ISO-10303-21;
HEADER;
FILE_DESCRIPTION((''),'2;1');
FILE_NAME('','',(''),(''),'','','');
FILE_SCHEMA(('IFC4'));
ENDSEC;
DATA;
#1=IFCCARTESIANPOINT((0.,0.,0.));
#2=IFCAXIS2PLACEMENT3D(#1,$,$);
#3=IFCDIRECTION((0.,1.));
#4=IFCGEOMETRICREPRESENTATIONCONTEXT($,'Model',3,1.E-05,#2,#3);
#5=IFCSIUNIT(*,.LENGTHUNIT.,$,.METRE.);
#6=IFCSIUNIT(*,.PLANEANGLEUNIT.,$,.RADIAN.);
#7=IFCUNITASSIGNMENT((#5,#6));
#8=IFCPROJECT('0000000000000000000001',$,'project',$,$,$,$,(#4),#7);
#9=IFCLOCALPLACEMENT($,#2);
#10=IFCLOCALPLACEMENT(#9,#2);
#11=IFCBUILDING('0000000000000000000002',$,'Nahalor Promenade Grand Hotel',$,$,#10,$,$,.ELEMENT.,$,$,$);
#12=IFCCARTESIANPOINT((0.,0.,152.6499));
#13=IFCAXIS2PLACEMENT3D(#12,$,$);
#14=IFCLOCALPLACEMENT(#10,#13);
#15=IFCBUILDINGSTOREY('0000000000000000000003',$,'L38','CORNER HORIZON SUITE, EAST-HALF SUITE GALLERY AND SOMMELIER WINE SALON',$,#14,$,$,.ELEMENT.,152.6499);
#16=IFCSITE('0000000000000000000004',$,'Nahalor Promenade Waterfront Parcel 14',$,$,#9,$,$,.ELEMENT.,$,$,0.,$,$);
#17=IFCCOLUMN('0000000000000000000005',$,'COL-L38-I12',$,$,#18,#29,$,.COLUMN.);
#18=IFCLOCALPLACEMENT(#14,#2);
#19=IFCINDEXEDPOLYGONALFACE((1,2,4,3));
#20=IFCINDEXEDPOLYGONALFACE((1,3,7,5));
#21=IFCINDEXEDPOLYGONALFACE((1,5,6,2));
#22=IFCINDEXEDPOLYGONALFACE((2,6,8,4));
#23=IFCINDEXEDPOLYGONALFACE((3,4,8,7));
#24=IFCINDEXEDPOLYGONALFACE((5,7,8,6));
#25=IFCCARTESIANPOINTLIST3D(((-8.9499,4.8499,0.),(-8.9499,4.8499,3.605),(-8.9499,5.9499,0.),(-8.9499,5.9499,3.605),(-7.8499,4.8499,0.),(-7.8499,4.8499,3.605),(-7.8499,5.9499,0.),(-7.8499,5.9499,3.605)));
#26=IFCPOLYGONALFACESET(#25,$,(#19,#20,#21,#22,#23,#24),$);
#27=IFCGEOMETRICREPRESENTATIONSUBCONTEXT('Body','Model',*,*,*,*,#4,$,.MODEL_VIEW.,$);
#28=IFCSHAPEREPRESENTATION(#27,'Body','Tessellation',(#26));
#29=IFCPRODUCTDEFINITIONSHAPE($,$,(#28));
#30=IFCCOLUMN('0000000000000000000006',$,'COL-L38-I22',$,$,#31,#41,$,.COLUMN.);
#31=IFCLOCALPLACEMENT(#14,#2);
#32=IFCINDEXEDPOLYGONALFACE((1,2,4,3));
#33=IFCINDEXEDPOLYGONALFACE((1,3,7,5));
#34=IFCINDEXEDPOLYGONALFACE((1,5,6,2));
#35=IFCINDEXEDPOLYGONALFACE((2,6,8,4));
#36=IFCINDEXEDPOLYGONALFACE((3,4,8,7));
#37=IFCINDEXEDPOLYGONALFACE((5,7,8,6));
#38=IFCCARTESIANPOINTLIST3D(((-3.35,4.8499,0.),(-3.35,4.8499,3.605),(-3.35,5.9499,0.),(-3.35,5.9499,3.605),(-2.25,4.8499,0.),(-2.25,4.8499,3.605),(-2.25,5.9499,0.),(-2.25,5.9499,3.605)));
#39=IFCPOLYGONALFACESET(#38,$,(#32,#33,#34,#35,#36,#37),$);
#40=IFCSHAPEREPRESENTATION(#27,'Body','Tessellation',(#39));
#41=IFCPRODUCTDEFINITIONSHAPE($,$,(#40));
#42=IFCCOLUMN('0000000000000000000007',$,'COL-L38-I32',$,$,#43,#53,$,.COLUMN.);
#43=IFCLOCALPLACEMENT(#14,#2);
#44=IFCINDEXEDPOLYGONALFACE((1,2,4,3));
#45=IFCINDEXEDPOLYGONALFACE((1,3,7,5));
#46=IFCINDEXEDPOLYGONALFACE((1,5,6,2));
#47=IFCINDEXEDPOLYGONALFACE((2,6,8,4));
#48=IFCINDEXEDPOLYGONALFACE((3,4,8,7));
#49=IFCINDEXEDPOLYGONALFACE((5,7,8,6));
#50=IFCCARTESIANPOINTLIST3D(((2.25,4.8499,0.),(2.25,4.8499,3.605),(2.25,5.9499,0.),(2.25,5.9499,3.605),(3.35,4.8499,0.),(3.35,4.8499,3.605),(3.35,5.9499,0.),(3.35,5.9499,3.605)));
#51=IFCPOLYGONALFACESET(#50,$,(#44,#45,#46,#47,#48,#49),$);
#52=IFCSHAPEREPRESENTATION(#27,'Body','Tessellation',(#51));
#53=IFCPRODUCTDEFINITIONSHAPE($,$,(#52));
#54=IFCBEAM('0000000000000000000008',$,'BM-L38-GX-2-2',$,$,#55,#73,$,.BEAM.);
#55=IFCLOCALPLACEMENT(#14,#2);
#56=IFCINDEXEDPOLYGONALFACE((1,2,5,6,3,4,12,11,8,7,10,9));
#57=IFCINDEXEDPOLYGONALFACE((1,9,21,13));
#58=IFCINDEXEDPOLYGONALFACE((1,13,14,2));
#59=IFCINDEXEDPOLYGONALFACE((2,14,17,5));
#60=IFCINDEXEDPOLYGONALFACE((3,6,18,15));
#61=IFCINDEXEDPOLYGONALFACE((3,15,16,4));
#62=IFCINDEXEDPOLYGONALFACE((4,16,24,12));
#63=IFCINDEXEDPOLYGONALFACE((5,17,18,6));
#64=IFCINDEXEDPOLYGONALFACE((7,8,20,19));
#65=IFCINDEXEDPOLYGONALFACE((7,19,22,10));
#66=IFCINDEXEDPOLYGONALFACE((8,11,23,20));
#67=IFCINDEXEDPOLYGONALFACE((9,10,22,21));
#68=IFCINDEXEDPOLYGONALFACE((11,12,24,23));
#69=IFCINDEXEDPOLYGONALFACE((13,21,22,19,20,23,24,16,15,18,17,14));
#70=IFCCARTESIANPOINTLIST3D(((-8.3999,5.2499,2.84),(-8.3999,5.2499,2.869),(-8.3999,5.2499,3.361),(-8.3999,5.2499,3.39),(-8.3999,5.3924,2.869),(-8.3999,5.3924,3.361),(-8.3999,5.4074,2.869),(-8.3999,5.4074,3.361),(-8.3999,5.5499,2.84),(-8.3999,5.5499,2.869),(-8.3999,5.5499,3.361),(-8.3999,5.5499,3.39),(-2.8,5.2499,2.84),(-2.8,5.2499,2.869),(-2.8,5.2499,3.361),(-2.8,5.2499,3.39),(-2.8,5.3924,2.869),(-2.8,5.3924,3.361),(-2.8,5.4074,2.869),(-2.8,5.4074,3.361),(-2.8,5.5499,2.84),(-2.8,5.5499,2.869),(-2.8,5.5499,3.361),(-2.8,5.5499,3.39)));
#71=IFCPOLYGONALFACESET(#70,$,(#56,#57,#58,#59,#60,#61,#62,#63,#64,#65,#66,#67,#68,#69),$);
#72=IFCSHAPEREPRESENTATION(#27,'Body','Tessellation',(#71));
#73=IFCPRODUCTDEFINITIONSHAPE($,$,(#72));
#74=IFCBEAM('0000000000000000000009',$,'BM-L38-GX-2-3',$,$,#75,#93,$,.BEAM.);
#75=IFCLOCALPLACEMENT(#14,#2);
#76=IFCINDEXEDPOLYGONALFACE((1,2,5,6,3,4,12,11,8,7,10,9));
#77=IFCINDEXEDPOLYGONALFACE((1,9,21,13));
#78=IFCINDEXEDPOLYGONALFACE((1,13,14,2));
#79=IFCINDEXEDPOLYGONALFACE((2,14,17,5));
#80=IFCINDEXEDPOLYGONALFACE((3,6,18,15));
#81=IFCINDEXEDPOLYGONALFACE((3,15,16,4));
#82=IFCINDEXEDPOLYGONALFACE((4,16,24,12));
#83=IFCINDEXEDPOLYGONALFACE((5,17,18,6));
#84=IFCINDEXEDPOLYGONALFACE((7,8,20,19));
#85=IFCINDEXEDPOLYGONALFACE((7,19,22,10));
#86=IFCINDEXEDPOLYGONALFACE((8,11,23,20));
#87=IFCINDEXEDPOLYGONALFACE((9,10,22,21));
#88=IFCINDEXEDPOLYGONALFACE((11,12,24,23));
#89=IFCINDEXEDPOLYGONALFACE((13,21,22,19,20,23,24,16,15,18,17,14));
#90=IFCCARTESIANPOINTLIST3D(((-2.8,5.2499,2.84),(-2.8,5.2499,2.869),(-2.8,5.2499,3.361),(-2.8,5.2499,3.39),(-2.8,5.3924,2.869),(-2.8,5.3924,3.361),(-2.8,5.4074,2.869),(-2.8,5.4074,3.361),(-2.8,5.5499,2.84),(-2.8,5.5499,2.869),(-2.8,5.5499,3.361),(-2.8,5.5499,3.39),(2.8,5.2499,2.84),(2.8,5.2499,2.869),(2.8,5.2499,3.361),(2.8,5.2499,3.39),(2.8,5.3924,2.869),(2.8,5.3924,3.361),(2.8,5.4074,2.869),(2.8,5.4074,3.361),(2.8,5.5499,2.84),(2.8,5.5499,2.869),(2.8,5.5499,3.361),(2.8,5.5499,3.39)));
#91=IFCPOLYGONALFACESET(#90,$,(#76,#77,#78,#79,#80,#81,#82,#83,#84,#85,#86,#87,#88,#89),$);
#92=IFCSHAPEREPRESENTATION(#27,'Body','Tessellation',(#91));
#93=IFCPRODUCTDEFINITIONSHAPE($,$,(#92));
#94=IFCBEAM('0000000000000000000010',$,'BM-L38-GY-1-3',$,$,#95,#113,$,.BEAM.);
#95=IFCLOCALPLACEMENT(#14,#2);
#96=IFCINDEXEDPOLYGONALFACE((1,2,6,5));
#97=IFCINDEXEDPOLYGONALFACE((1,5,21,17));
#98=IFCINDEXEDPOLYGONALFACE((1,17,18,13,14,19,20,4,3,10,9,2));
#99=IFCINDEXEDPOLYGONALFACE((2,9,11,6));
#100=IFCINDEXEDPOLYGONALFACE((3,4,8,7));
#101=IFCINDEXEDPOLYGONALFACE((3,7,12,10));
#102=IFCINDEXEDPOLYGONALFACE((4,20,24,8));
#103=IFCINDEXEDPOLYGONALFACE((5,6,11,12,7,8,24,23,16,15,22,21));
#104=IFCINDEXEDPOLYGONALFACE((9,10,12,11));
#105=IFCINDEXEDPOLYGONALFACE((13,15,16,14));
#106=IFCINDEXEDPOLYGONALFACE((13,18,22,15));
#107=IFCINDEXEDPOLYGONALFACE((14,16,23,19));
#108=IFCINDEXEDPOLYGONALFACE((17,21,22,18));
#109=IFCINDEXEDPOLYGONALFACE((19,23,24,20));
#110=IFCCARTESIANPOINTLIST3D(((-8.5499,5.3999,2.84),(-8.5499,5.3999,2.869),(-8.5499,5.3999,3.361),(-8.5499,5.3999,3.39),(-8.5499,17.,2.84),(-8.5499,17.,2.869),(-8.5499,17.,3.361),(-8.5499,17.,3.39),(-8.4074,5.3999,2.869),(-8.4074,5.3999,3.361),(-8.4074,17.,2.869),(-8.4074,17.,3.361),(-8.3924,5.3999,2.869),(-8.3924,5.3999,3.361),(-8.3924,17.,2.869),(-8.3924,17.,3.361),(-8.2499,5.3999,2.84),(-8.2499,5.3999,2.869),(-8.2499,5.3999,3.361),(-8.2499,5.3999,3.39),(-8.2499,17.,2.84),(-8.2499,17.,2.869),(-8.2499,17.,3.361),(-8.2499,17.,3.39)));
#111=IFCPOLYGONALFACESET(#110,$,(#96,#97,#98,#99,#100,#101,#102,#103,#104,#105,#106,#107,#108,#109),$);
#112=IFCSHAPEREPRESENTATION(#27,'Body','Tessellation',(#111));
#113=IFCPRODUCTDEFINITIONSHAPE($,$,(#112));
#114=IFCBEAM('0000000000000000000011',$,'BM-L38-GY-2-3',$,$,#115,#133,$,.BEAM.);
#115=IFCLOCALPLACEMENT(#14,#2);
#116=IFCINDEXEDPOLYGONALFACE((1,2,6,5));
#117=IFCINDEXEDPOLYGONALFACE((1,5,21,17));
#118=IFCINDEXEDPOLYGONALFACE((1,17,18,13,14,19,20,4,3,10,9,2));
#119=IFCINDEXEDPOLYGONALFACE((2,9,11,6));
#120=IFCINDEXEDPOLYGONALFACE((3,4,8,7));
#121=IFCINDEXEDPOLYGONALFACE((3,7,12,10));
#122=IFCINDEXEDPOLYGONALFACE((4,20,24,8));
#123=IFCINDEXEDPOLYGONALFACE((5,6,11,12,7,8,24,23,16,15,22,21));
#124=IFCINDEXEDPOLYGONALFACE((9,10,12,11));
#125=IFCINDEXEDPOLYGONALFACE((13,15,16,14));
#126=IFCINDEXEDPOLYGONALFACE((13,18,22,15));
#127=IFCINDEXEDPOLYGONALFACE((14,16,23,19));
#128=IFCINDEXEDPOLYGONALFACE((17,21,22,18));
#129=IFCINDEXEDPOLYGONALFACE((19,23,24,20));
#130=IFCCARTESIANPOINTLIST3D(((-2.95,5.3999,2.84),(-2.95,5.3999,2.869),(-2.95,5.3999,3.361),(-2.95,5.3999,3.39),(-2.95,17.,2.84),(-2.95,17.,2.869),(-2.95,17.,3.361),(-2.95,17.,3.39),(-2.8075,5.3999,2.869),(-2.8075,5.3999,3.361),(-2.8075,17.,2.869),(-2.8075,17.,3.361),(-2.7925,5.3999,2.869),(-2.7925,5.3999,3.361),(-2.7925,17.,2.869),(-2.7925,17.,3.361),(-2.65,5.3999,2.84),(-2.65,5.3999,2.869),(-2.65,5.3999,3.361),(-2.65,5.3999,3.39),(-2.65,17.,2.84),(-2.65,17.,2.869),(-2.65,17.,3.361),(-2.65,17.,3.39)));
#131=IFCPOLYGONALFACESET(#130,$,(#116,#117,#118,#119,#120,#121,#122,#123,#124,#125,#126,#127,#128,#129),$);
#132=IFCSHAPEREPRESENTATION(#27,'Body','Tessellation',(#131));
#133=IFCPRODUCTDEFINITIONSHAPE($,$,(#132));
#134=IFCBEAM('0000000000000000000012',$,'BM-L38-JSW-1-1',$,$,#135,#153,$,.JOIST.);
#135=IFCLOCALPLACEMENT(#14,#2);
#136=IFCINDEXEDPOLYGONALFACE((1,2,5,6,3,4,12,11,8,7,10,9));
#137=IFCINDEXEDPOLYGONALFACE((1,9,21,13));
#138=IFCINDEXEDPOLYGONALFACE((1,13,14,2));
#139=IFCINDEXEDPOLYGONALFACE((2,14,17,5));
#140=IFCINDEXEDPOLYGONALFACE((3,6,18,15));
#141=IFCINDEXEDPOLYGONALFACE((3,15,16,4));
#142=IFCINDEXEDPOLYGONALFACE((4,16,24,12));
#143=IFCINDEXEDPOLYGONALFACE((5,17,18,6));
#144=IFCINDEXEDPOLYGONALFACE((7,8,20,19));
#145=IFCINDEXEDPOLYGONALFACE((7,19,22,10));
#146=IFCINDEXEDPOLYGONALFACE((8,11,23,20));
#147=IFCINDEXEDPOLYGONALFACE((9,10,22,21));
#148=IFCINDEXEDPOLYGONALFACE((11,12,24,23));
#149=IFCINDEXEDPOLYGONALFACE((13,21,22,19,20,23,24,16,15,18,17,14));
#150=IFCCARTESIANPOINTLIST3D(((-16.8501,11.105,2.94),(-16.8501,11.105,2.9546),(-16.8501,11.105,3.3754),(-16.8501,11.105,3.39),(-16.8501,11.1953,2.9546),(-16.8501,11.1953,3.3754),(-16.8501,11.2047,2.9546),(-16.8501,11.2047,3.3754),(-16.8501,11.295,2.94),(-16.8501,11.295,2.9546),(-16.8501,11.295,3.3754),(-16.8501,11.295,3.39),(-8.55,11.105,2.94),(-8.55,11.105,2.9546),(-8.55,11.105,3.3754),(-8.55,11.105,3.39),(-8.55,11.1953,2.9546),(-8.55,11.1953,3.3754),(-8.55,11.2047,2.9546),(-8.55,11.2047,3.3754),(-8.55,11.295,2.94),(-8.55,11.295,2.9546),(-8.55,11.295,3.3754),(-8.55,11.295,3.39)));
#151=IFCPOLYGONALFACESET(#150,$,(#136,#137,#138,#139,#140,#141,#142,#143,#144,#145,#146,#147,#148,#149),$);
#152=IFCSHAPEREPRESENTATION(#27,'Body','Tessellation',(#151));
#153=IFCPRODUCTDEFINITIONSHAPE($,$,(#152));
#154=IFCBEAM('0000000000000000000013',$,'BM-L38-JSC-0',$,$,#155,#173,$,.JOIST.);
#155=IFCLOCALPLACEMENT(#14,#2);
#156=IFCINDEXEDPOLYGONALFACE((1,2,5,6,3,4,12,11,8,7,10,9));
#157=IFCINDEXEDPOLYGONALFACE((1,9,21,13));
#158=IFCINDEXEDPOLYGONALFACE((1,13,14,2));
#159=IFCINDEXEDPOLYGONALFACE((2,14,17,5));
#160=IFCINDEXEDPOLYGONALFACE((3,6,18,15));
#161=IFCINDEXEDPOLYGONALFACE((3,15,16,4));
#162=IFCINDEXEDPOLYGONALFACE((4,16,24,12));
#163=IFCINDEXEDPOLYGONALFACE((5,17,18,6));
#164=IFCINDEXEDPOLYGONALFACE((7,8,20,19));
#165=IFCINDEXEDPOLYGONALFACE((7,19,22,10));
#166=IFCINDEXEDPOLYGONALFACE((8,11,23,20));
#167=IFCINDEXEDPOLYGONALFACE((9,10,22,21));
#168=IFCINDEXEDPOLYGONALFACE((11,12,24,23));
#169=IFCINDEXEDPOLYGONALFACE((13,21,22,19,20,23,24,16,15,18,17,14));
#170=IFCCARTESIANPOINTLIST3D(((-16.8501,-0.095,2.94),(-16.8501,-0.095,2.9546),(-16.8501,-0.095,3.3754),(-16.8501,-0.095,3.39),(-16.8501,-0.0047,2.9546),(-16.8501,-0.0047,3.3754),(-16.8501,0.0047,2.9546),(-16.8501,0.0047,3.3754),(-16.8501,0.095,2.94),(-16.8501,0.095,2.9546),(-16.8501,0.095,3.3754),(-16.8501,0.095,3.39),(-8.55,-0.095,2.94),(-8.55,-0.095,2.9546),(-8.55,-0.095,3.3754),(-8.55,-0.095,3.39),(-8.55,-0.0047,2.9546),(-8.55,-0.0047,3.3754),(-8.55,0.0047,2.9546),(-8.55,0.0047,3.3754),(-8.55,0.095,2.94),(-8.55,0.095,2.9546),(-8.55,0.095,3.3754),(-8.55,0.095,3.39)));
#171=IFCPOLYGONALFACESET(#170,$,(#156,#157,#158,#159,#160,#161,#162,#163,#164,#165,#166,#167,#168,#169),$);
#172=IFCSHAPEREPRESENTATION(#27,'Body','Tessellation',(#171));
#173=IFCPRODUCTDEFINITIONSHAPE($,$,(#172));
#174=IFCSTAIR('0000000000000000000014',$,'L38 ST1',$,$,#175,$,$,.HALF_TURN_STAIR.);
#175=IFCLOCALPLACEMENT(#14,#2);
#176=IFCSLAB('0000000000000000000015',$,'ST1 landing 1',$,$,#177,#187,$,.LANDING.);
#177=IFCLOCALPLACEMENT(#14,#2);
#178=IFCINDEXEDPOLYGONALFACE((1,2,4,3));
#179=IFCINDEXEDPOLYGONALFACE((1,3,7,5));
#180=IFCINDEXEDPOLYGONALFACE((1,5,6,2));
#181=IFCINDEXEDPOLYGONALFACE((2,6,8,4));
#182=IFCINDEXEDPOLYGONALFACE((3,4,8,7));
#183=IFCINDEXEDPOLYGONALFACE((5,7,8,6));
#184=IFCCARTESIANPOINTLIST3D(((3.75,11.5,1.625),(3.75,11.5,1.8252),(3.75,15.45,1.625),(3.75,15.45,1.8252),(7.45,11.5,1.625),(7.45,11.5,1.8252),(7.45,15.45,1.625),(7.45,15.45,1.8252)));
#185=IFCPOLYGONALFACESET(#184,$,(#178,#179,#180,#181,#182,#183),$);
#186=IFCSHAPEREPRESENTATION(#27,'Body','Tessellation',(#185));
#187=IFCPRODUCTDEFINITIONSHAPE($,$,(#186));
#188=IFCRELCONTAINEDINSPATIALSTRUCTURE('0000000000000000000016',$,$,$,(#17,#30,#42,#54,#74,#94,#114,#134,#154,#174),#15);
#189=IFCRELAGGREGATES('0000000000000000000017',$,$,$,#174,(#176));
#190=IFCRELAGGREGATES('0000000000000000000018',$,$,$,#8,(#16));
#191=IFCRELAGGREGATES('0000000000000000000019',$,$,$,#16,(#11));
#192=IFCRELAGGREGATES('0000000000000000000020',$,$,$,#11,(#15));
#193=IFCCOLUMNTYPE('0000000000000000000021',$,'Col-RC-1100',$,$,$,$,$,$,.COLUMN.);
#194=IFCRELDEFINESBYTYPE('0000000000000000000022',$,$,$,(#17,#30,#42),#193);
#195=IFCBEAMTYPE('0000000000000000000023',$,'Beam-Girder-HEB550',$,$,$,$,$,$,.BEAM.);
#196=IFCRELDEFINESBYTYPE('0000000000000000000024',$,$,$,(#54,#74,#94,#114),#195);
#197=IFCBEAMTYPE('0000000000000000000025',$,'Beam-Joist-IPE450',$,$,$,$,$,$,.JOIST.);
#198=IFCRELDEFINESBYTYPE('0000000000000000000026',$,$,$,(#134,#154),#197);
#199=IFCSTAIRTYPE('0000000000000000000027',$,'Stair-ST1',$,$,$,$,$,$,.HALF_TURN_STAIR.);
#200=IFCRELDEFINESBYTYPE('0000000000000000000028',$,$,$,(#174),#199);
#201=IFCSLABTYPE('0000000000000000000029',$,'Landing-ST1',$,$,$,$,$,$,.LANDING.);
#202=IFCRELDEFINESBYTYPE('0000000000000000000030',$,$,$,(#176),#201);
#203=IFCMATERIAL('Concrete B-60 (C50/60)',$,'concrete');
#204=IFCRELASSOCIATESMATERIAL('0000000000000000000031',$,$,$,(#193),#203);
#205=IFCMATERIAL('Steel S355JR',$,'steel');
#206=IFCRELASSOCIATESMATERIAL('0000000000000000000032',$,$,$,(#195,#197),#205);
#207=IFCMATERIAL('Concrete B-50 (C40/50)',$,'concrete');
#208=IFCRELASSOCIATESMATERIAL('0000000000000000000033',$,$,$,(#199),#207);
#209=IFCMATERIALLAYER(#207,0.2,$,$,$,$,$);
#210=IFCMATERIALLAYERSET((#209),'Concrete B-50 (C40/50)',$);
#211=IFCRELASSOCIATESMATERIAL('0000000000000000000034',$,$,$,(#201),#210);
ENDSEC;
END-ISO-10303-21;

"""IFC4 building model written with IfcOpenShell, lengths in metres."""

from ifc_helpers import new_model, si_unit, direction, frame, origin, origin_2d, place, context, subcontext, project, spatial, polyline, rectangle, i_section, outline, extrude, source, transform, mapped, material, layer, layer_set, material_profile, profile_set, type_object, element, aggregate, save


model = new_model("IFC4")

# Units and contexts
model_context = context("Model", 3, precision=1e-05, world=origin(), true_north=direction((0.0, 1.0)))
body_context = subcontext(model_context, "Body", "Model", "MODEL_VIEW")
ifc_project = project(units=[si_unit("LENGTHUNIT", "METRE"), si_unit("PLANEANGLEUNIT", "RADIAN")], contexts=[model_context])

# Site, building, storey
site_placement = place(None, origin())
site = spatial("IfcSite", under=ifc_project, at=site_placement, Name="Nahalor Promenade Waterfront Parcel 14", CompositionType="ELEMENT", RefElevation=0.0)
building_placement = place(site_placement, origin())
building = spatial("IfcBuilding", under=site, at=building_placement, Name="Nahalor Promenade Grand Hotel", CompositionType="ELEMENT")
storey_placement = place(building_placement, frame((0.0, 0.0, 152.6499)))
storey = spatial("IfcBuildingStorey", under=building, at=storey_placement, Name="L38", Description="CORNER HORIZON SUITE, EAST-HALF SUITE GALLERY AND SOMMELIER WINE SALON", CompositionType="ELEMENT", Elevation=152.6499)

# Columns
ifc_material_1 = material(Name="Concrete B-60 (C50/60)", Category="concrete")
ifc_material_profile_1 = material_profile(ifc_material_1, rectangle(XDim=1.1, YDim=1.1, at=origin_2d()), Name="RC 1100x1100")
ifc_profile_set_1 = profile_set([ifc_material_profile_1], Name="Concrete B-60 (C50/60)")
column_type = type_object("IfcColumnType", Name="Col-RC-1100", PredefinedType="COLUMN", material=ifc_profile_set_1)
shared_shape_1 = source(origin(), body_context, "Body", "SweptSolid", [
    extrude(rectangle(XDim=1.1, YDim=1.1, at=origin_2d()), origin(), (0.0, 0.0, 1.0), 3.605),
])
for number, where, z_axis, x_axis, name in (
    (1, (-8.3999, 5.3999, 0.0), (0.0, 0.0, 1.0), (1.0, 0.0, 0.0), "COL-L38-I12"),
    (2, (-2.8, 5.3999, 0.0), (0.0, 0.0, 1.0), (1.0, 0.0, 0.0), "COL-L38-I22"),
    (3, (2.8, 5.3999, 0.0), (0.0, 0.0, 1.0), (1.0, 0.0, 0.0), "COL-L38-I32"),
):
    element("IfcColumn", number, at=place(storey_placement, frame(where, z_axis=z_axis, x_axis=x_axis)), inside=storey, type_object=column_type, Name=name, PredefinedType="COLUMN", context=body_context, shape_type="MappedRepresentation", body=[
        mapped(shared_shape_1, transform((0.0, 0.0, 0.0), scale=1.0)),
    ])

# Beams
ifc_material_2 = material(Name="Steel S355JR", Category="steel")
ifc_material_profile_2 = material_profile(ifc_material_2, i_section(OverallWidth=0.3, OverallDepth=0.55, WebThickness=0.015, FlangeThickness=0.029, at=origin_2d()), Name="HEB 550")
ifc_profile_set_2 = profile_set([ifc_material_profile_2], Name="Steel S355JR")
beam_type_1 = type_object("IfcBeamType", Name="Beam-Girder-HEB550", PredefinedType="BEAM", material=ifc_profile_set_2)
shared_shape_2 = source(origin(), body_context, "Body", "SweptSolid", [
    extrude(i_section(OverallWidth=0.3, OverallDepth=0.55, WebThickness=0.015, FlangeThickness=0.029, at=origin_2d()), origin(), (0.0, 0.0, 1.0), 5.5999),
])
beam_1_placement = place(storey_placement, frame((-8.3999, 5.3999, 3.115), z_axis=(1.0, 0.0, 0.0), x_axis=(0.0, 1.0, 0.0)))
element("IfcBeam", 4, at=beam_1_placement, inside=storey, type_object=beam_type_1, Name="BM-L38-GX-2-2", PredefinedType="BEAM", context=body_context, shape_type="MappedRepresentation", body=[
    mapped(shared_shape_2, transform((0.0, 0.0, 0.0), scale=1.0)),
])
shared_shape_3 = source(origin(), body_context, "Body", "SweptSolid", [
    extrude(i_section(OverallWidth=0.3, OverallDepth=0.55, WebThickness=0.015, FlangeThickness=0.029, at=origin_2d()), origin(), (0.0, 0.0, 1.0), 5.6001),
])
beam_2_placement = place(storey_placement, frame((-2.8, 5.3999, 3.115), z_axis=(1.0, 0.0, 0.0), x_axis=(0.0, 1.0, 0.0)))
element("IfcBeam", 5, at=beam_2_placement, inside=storey, type_object=beam_type_1, Name="BM-L38-GX-2-3", PredefinedType="BEAM", context=body_context, shape_type="MappedRepresentation", body=[
    mapped(shared_shape_3, transform((0.0, 0.0, 0.0), scale=1.0)),
])
shared_shape_4 = source(origin(), body_context, "Body", "SweptSolid", [
    extrude(i_section(OverallWidth=0.3, OverallDepth=0.55, WebThickness=0.015, FlangeThickness=0.029, at=origin_2d()), origin(), (0.0, 0.0, 1.0), 11.6001),
])
for number, where, z_axis, x_axis, name in (
    (6, (-8.3999, 5.3999, 3.115), (0.0, 1.0, 0.0), (-1.0, 0.0, 0.0), "BM-L38-GY-1-3"),
    (7, (-2.8, 5.3999, 3.115), (0.0, 1.0, 0.0), (-1.0, 0.0, 0.0), "BM-L38-GY-2-3"),
):
    element("IfcBeam", number, at=place(storey_placement, frame(where, z_axis=z_axis, x_axis=x_axis)), inside=storey, type_object=beam_type_1, Name=name, PredefinedType="BEAM", context=body_context, shape_type="MappedRepresentation", body=[
        mapped(shared_shape_4, transform((0.0, 0.0, 0.0), scale=1.0)),
    ])
ifc_material_profile_3 = material_profile(ifc_material_2, i_section(OverallWidth=0.19, OverallDepth=0.45, WebThickness=0.0094, FlangeThickness=0.0146, at=origin_2d()), Name="IPE 450")
ifc_profile_set_3 = profile_set([ifc_material_profile_3], Name="Steel S355JR")
beam_type_2 = type_object("IfcBeamType", Name="Beam-Joist-IPE450", PredefinedType="JOIST", material=ifc_profile_set_3)
shared_shape_5 = source(origin(), body_context, "Body", "SweptSolid", [
    extrude(i_section(OverallWidth=0.19, OverallDepth=0.45, WebThickness=0.0094, FlangeThickness=0.0146, at=origin_2d()), origin(), (0.0, 0.0, 1.0), 8.3),
])
for number, where, z_axis, x_axis, name in (
    (8, (-16.8501, 11.2, 3.165), (1.0, 0.0, 0.0), (0.0, 1.0, 0.0), "BM-L38-JSW-1-1"),
    (9, (-16.8501, 0.0, 3.165), (1.0, 0.0, 0.0), (0.0, 1.0, 0.0), "BM-L38-JSC-0"),
):
    element("IfcBeam", number, at=place(storey_placement, frame(where, z_axis=z_axis, x_axis=x_axis)), inside=storey, type_object=beam_type_2, Name=name, PredefinedType="JOIST", context=body_context, shape_type="MappedRepresentation", body=[
        mapped(shared_shape_5, transform((0.0, 0.0, 0.0), scale=1.0)),
    ])

# Stair, slab
ifc_material_3 = material(Name="Concrete B-50 (C40/50)", Category="concrete")
stair_type_1 = type_object("IfcStairType", Name="Stair-ST1", PredefinedType="HALF_TURN_STAIR", material=ifc_material_3)
stair_1_placement = place(storey_placement, origin())
stair_1 = element("IfcStair", 10, at=stair_1_placement, inside=storey, type_object=stair_type_1, Name="L38 ST1", PredefinedType="HALF_TURN_STAIR")
ifc_layer_1 = layer(ifc_material_3, 0.2)
ifc_layer_set_1 = layer_set([ifc_layer_1], Name="Concrete B-50 (C40/50)")
slab_type_1 = type_object("IfcSlabType", Name="Landing-ST1", PredefinedType="LANDING", material=ifc_layer_set_1)
slab_1_placement = place(storey_placement, frame((0.0, 0.0, 1.625)))
slab_1 = element("IfcSlab", 11, at=slab_1_placement, type_object=slab_type_1, Name="ST1 landing 1", PredefinedType="LANDING", context=body_context, shape_type="SweptSolid", body=[
    extrude(outline(polyline([(7.45, 11.5), (7.45, 15.45), (3.75, 15.45), (3.75, 11.5), (7.45, 11.5)])), origin(), (0.0, 0.0, 1.0), 0.2002),
])
aggregate(stair_1, [slab_1])

save(model, "model.ifc")
